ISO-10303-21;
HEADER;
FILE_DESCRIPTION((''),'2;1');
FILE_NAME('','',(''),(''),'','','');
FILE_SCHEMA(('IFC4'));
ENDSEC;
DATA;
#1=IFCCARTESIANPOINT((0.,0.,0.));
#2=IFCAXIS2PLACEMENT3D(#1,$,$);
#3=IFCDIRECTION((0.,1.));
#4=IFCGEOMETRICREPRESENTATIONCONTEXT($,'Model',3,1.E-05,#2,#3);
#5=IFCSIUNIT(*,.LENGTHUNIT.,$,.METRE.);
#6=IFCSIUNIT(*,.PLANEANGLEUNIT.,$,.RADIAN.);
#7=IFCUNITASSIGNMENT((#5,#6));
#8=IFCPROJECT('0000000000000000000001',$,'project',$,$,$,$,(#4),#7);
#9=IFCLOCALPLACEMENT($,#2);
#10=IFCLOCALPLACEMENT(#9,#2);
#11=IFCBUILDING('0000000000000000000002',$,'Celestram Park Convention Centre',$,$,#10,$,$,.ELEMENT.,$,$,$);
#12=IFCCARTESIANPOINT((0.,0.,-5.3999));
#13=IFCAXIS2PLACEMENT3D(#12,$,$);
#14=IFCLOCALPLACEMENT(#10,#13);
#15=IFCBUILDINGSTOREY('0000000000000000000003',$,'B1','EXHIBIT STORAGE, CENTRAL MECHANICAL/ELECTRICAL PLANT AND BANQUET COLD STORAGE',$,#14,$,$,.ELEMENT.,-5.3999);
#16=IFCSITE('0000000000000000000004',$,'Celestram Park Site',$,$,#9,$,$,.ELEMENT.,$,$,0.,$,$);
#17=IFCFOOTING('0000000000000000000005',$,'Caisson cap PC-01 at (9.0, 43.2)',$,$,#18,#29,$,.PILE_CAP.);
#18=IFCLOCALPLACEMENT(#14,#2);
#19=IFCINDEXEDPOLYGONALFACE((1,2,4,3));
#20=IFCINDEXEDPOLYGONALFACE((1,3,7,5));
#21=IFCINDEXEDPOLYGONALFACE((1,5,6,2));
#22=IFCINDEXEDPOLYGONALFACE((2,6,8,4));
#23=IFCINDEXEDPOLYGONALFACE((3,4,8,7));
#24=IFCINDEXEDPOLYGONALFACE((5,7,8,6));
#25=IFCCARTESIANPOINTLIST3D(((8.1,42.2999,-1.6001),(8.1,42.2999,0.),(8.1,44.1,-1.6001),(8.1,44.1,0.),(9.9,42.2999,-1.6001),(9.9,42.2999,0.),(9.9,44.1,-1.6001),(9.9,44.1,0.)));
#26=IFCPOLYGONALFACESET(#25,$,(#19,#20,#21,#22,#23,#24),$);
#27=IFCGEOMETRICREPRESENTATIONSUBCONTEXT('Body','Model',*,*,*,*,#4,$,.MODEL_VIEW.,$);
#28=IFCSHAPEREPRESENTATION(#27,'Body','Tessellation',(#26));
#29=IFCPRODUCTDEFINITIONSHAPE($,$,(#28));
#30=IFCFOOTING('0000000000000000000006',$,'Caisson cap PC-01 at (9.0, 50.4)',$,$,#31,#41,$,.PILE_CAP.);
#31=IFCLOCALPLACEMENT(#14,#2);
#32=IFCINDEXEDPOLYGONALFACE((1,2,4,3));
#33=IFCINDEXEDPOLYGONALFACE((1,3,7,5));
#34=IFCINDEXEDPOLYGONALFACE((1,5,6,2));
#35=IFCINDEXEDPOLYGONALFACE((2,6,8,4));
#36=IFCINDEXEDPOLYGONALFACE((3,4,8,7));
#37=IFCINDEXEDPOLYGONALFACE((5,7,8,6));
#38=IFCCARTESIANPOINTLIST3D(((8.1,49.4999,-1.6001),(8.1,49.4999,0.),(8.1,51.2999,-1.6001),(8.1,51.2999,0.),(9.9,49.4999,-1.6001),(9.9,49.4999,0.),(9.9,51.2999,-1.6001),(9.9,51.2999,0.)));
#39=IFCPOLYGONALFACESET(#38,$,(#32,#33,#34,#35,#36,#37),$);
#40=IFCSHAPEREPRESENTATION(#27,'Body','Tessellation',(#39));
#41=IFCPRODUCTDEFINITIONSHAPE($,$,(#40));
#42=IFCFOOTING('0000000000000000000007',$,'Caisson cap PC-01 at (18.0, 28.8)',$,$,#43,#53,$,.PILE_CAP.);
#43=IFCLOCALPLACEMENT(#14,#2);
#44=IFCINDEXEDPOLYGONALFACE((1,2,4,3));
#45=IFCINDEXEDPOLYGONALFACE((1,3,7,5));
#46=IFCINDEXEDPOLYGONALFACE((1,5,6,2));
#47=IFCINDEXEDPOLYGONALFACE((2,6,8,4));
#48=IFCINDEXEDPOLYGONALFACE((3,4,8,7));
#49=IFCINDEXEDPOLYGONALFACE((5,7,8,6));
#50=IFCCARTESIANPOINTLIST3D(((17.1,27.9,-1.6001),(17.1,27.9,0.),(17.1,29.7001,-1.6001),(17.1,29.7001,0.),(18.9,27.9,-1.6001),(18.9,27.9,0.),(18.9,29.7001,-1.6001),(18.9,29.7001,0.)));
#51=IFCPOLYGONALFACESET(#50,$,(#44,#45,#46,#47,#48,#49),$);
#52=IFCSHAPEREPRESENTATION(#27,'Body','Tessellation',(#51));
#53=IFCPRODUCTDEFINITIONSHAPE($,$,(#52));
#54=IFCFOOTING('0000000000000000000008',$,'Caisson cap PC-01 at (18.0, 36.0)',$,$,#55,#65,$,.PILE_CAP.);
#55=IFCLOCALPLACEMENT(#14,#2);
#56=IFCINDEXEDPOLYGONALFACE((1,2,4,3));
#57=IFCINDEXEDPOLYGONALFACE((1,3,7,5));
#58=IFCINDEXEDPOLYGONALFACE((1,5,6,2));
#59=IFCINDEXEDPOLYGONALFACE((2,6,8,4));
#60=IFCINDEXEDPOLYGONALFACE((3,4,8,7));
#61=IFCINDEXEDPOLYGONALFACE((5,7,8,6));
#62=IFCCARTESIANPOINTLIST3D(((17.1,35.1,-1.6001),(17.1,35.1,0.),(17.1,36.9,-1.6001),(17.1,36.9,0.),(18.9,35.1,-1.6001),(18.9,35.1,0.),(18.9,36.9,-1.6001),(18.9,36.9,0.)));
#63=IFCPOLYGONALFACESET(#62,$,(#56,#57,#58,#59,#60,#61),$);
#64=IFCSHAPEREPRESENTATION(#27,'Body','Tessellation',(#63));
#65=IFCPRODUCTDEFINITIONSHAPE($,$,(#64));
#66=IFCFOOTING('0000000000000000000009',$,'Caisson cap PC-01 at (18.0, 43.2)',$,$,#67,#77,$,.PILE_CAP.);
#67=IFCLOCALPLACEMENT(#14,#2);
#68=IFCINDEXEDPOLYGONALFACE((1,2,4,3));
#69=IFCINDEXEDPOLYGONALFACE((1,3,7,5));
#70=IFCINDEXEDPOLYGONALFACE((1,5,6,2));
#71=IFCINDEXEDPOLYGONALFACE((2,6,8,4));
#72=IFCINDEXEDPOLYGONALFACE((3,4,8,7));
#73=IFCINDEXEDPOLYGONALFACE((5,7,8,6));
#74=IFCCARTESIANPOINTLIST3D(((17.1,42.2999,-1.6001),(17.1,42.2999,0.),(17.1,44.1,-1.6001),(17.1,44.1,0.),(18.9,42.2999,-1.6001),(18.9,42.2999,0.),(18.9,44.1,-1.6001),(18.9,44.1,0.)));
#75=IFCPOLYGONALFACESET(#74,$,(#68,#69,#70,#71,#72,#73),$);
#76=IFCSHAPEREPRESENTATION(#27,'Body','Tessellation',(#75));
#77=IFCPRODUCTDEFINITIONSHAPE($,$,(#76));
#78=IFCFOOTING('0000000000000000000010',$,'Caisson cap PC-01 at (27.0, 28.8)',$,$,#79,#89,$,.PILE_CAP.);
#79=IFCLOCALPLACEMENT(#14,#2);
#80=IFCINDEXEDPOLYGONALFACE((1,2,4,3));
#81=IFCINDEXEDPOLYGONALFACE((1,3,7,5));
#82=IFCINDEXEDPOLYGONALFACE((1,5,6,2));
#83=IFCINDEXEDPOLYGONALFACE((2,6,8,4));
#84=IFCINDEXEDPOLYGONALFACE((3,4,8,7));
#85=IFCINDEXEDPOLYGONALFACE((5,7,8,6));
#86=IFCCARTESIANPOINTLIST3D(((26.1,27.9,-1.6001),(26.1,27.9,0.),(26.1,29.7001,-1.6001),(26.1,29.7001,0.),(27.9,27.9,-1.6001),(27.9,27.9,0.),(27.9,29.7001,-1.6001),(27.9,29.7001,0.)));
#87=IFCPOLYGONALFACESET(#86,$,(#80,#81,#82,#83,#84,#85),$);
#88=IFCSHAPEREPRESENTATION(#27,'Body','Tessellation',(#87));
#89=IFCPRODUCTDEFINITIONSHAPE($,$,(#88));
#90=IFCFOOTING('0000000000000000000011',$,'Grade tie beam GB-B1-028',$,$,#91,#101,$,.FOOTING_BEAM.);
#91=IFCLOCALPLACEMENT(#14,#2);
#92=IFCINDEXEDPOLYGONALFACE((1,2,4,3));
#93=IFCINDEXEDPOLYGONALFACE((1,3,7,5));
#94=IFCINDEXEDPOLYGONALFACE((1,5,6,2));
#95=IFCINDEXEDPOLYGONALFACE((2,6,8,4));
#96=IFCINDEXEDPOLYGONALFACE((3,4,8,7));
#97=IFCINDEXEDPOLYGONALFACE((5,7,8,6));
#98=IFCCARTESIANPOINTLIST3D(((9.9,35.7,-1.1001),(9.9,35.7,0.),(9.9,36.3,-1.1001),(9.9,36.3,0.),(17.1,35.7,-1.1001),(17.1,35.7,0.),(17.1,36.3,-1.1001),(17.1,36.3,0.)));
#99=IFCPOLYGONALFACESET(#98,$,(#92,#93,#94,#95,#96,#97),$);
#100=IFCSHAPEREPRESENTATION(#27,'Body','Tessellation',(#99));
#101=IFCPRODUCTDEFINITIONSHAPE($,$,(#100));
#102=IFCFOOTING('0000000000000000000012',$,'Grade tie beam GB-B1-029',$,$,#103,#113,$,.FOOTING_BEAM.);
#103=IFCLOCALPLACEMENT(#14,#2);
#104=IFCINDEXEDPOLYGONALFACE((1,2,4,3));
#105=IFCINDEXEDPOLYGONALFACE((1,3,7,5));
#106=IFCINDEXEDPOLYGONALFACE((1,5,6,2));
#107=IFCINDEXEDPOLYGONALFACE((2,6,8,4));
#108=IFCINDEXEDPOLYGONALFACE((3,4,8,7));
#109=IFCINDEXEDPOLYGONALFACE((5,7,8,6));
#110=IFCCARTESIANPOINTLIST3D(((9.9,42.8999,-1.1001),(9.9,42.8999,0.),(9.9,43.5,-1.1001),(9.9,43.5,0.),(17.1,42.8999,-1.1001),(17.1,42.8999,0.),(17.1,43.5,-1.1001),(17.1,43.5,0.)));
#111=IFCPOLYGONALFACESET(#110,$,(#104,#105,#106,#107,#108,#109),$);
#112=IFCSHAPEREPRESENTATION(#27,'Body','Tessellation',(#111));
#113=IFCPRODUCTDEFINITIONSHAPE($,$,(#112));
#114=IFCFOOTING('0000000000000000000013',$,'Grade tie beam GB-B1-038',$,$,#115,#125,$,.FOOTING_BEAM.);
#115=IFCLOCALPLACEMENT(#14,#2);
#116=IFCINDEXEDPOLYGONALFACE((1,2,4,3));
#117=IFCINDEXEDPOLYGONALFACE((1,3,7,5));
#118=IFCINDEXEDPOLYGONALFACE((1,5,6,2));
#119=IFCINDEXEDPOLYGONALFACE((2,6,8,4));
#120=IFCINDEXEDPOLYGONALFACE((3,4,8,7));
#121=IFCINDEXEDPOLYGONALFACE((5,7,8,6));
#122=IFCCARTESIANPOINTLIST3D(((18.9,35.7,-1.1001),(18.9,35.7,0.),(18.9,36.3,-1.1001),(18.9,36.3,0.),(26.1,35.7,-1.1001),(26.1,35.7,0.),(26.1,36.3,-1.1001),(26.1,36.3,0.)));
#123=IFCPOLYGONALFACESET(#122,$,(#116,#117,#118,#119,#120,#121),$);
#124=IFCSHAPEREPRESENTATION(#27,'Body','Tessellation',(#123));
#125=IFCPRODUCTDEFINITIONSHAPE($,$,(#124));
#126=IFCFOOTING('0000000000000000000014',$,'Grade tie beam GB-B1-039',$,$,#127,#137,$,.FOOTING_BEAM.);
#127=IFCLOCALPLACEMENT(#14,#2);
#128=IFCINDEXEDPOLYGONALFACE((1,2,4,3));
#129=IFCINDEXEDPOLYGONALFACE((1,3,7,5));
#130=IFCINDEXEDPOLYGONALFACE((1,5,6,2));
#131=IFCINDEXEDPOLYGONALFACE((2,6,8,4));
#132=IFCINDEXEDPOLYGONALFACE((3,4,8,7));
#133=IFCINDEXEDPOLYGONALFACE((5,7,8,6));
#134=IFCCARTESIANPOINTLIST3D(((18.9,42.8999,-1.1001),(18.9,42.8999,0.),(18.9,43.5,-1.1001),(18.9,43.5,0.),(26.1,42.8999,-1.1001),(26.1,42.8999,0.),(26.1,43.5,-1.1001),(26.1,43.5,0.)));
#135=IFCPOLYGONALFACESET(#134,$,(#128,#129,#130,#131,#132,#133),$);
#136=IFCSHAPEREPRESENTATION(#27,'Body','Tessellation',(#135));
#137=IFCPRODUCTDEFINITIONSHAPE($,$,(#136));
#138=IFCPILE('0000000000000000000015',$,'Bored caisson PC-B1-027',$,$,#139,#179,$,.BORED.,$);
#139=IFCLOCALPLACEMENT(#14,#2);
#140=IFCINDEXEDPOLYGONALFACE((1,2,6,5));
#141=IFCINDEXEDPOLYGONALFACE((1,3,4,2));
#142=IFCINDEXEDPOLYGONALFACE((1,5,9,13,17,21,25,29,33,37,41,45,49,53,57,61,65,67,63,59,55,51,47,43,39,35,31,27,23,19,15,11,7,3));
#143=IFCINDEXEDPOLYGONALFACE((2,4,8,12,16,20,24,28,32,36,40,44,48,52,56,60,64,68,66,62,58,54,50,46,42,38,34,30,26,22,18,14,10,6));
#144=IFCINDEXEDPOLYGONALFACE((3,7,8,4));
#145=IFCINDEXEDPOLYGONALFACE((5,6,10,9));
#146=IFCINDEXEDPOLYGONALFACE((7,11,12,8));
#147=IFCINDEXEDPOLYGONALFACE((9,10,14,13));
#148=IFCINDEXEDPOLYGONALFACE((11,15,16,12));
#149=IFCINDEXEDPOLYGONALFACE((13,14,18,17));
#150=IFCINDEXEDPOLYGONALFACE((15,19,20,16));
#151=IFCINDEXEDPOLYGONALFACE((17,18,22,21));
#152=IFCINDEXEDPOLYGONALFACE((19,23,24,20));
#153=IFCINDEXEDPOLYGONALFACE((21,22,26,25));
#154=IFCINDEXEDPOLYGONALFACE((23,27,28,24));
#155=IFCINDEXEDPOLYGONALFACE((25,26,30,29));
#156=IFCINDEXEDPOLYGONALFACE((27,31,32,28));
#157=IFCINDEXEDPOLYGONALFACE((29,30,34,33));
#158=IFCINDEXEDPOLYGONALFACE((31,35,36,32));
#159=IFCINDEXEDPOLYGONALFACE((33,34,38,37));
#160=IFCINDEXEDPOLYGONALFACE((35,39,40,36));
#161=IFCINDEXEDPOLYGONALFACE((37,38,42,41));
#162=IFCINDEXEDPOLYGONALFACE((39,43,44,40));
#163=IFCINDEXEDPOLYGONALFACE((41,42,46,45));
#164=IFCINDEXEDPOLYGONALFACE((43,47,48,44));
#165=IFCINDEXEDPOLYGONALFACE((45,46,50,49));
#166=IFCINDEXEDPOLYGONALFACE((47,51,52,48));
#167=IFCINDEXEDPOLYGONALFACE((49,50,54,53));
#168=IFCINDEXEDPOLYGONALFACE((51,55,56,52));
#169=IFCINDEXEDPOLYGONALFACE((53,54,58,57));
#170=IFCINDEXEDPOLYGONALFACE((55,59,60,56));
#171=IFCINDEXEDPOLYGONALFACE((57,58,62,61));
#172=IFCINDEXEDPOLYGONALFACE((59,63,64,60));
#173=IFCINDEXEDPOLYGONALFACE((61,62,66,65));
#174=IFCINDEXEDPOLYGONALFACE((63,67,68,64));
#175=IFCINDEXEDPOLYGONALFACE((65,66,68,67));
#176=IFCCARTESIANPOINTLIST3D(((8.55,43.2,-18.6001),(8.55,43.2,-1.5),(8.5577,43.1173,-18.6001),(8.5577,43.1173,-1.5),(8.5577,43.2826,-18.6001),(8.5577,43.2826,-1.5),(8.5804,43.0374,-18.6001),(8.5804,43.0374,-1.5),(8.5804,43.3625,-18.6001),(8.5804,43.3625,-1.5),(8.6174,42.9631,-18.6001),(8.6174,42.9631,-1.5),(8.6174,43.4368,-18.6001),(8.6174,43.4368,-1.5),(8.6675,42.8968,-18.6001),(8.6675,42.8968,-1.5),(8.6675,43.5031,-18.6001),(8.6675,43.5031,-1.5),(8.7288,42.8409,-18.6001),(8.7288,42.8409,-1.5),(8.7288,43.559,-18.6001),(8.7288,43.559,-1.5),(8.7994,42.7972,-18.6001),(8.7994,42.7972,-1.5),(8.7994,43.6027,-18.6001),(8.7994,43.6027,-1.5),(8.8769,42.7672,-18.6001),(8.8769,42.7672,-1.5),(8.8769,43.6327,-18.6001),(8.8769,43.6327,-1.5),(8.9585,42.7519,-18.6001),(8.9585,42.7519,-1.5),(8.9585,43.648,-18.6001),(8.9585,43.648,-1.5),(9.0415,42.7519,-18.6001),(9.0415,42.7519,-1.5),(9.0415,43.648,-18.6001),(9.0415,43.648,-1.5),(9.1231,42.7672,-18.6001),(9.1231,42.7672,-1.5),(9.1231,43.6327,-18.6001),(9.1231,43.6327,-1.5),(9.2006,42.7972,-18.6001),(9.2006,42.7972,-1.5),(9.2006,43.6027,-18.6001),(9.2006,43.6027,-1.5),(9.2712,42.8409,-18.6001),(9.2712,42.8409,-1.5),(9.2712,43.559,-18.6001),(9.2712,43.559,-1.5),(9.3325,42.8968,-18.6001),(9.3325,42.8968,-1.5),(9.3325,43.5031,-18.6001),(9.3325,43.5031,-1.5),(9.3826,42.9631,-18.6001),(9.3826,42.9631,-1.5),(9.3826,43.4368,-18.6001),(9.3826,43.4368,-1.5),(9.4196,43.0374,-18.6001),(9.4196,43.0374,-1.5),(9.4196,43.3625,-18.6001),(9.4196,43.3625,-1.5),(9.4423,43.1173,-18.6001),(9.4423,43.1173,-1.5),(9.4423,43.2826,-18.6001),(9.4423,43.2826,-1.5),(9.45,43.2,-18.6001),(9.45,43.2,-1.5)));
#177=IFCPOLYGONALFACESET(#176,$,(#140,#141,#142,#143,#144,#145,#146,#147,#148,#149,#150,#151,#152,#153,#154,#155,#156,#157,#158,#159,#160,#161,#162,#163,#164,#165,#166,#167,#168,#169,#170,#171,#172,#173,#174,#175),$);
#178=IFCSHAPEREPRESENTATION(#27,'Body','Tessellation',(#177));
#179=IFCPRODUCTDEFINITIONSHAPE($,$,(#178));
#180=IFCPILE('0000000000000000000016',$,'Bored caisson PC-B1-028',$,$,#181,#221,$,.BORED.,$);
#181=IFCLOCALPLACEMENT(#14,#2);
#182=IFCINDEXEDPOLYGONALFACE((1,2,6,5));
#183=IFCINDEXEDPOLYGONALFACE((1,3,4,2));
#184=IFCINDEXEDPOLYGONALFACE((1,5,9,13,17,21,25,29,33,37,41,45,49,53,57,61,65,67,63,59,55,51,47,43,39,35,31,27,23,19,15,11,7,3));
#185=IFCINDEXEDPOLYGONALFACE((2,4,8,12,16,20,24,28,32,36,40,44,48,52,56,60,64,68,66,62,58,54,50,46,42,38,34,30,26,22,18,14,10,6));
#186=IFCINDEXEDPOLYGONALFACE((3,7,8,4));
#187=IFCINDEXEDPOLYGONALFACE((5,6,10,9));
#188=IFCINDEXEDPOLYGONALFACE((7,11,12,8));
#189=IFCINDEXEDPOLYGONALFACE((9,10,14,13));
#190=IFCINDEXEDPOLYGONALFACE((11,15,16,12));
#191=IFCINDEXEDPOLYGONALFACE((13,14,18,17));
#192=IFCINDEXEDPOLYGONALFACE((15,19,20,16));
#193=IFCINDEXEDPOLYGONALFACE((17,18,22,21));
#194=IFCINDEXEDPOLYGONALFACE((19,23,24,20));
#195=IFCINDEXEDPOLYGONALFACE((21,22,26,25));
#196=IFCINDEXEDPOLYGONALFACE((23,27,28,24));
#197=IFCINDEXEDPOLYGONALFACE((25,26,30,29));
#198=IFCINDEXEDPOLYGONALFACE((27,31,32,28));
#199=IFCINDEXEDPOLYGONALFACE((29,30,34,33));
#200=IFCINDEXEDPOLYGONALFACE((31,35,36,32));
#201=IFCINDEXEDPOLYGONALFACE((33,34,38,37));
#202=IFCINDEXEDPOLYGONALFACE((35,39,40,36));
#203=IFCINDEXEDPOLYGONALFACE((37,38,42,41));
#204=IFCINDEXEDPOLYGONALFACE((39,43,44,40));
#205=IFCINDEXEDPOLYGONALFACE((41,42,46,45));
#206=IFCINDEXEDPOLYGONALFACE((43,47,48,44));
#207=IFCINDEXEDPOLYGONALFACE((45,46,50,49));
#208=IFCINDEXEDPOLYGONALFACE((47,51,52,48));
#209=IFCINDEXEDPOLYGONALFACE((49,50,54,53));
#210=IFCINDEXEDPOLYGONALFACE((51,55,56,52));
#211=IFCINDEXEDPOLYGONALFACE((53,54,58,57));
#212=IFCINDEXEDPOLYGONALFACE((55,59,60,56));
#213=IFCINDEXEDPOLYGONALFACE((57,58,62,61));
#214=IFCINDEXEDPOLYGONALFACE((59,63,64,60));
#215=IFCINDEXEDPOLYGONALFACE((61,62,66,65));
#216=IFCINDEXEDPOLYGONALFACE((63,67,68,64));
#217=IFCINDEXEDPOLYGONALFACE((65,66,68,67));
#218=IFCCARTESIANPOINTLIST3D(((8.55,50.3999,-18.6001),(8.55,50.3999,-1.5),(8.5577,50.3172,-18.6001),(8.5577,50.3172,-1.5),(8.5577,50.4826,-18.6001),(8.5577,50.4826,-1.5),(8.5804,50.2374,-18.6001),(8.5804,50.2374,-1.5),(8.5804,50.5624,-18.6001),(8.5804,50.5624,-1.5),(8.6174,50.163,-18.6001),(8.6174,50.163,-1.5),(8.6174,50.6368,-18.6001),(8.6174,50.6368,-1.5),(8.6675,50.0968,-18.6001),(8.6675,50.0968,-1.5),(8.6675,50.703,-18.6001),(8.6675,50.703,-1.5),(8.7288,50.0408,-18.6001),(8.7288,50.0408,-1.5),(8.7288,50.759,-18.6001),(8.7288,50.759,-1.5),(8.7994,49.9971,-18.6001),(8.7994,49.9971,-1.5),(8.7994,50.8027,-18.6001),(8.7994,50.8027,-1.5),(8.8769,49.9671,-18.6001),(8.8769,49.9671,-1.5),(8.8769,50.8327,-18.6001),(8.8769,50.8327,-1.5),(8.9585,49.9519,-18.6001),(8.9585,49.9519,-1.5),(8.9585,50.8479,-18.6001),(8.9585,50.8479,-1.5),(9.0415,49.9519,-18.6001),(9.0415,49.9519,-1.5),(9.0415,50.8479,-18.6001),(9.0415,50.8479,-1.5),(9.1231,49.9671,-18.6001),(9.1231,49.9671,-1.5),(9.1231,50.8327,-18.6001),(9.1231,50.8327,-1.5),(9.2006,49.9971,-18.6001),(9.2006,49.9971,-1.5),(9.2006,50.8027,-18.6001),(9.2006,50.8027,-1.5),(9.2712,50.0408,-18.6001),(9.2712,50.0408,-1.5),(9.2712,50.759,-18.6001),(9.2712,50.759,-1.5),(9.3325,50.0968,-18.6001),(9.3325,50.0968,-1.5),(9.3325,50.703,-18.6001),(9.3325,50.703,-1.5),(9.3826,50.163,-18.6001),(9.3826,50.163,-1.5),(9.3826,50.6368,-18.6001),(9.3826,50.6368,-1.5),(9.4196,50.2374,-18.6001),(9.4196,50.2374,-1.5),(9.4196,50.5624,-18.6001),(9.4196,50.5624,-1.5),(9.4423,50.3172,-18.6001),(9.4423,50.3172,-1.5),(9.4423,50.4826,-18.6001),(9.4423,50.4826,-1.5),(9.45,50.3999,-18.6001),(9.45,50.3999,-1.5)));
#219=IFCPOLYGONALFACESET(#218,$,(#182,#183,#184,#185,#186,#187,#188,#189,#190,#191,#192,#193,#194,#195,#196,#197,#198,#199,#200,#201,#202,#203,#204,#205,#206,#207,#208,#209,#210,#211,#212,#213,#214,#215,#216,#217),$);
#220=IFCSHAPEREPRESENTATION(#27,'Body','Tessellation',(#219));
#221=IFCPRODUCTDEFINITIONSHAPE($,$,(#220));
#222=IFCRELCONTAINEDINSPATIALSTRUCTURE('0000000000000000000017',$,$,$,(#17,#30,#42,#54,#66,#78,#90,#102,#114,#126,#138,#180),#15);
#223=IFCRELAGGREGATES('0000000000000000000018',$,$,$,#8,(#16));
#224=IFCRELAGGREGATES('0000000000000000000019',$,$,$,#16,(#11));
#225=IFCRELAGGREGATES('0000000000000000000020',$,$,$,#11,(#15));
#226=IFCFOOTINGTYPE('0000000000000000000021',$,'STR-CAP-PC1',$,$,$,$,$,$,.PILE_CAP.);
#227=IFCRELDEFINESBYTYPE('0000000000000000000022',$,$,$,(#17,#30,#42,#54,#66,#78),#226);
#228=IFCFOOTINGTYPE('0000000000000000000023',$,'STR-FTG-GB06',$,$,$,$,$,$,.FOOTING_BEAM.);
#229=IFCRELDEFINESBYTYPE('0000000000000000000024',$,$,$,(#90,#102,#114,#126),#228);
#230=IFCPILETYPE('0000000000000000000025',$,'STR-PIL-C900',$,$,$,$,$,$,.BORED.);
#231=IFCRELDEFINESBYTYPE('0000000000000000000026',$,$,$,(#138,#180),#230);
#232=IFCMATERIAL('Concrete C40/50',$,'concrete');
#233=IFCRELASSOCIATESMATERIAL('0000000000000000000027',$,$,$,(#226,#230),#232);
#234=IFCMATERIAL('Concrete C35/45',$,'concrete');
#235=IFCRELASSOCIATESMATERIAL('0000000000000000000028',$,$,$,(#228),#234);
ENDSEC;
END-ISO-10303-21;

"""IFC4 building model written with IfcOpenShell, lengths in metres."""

from ifc_helpers import new_model, si_unit, direction, frame, origin, origin_2d, place, context, subcontext, project, spatial, rectangle, circle, extrude, material, material_profile, profile_set, type_object, element, save


model = new_model("IFC4")

# Units and contexts
model_context = context("Model", 3, precision=1e-05, world=origin(), true_north=direction((0.0, 1.0)))
body_context = subcontext(model_context, "Body", "Model", "MODEL_VIEW")
ifc_project = project(units=[si_unit("LENGTHUNIT", "METRE"), si_unit("PLANEANGLEUNIT", "RADIAN")], contexts=[model_context])

# Site, building, storey
site_placement = place(None, origin())
site = spatial("IfcSite", under=ifc_project, at=site_placement, Name="Celestram Park Site", CompositionType="ELEMENT", RefElevation=0.0)
building_placement = place(site_placement, origin())
building = spatial("IfcBuilding", under=site, at=building_placement, Name="Celestram Park Convention Centre", CompositionType="ELEMENT")
storey_placement = place(building_placement, frame((0.0, 0.0, -5.3999)))
storey = spatial("IfcBuildingStorey", under=building, at=storey_placement, Name="B1", Description="EXHIBIT STORAGE, CENTRAL MECHANICAL/ELECTRICAL PLANT AND BANQUET COLD STORAGE", CompositionType="ELEMENT", Elevation=-5.3999)

# Footings
ifc_material_1 = material(Name="Concrete C40/50", Category="concrete")
footing_type_1 = type_object("IfcFootingType", Name="STR-CAP-PC1", PredefinedType="PILE_CAP", material=ifc_material_1)
for number, where, z_axis, x_axis, name in (
    (1, (9.0, 43.2, -1.6001), (0.0, 0.0, 1.0), (1.0, 0.0, 0.0), "Caisson cap PC-01 at (9.0, 43.2)"),
    (2, (9.0, 50.3999, -1.6001), (0.0, 0.0, 1.0), (1.0, 0.0, 0.0), "Caisson cap PC-01 at (9.0, 50.4)"),
    (3, (18.0, 28.8, -1.6001), (0.0, 0.0, 1.0), (1.0, 0.0, 0.0), "Caisson cap PC-01 at (18.0, 28.8)"),
    (4, (18.0, 36.0, -1.6001), (0.0, 0.0, 1.0), (1.0, 0.0, 0.0), "Caisson cap PC-01 at (18.0, 36.0)"),
    (5, (18.0, 43.2, -1.6001), (0.0, 0.0, 1.0), (1.0, 0.0, 0.0), "Caisson cap PC-01 at (18.0, 43.2)"),
    (6, (27.0, 28.8, -1.6001), (0.0, 0.0, 1.0), (1.0, 0.0, 0.0), "Caisson cap PC-01 at (27.0, 28.8)"),
):
    element("IfcFooting", number, at=place(storey_placement, frame(where, z_axis=z_axis, x_axis=x_axis)), inside=storey, type_object=footing_type_1, Name=name, PredefinedType="PILE_CAP", context=body_context, shape_type="SweptSolid", body=[
        extrude(rectangle(XDim=1.8, YDim=1.8, at=origin_2d()), origin(), (0.0, 0.0, 1.0), 1.6001),
    ])
ifc_material_2 = material(Name="Concrete C35/45", Category="concrete")
footing_type_2 = type_object("IfcFootingType", Name="STR-FTG-GB06", PredefinedType="FOOTING_BEAM", material=ifc_material_2)
for number, where, z_axis, x_axis, name in (
    (7, (13.5, 36.0, -1.1001), (0.0, 0.0, 1.0), (1.0, 0.0, 0.0), "Grade tie beam GB-B1-028"),
    (8, (13.5, 43.2, -1.1001), (0.0, 0.0, 1.0), (1.0, 0.0, 0.0), "Grade tie beam GB-B1-029"),
    (9, (22.5, 36.0, -1.1001), (0.0, 0.0, 1.0), (1.0, 0.0, 0.0), "Grade tie beam GB-B1-038"),
    (10, (22.5, 43.2, -1.1001), (0.0, 0.0, 1.0), (1.0, 0.0, 0.0), "Grade tie beam GB-B1-039"),
):
    element("IfcFooting", number, at=place(storey_placement, frame(where, z_axis=z_axis, x_axis=x_axis)), inside=storey, type_object=footing_type_2, Name=name, PredefinedType="FOOTING_BEAM", context=body_context, shape_type="SweptSolid", body=[
        extrude(rectangle(XDim=7.2, YDim=0.6001, at=origin_2d()), origin(), (0.0, 0.0, 1.0), 1.1001),
    ])

# Piles
ifc_material_profile_1 = material_profile(ifc_material_1, circle(Radius=0.45, at=origin_2d()), Name="CAISSON900")
ifc_profile_set_1 = profile_set([ifc_material_profile_1], Name="Concrete C40/50")
pile_type = type_object("IfcPileType", Name="STR-PIL-C900", PredefinedType="BORED", material=ifc_profile_set_1)
for number, where, z_axis, x_axis, name in (
    (11, (9.0, 43.2, -1.5), (0.0, 0.0, -1.0), (1.0, 0.0, 0.0), "Bored caisson PC-B1-027"),
    (12, (9.0, 50.3999, -1.5), (0.0, 0.0, -1.0), (1.0, 0.0, 0.0), "Bored caisson PC-B1-028"),
):
    element("IfcPile", number, at=place(storey_placement, frame(where, z_axis=z_axis, x_axis=x_axis)), inside=storey, type_object=pile_type, Name=name, PredefinedType="BORED", context=body_context, shape_type="SweptSolid", body=[
        extrude(circle(Radius=0.45, at=origin_2d()), origin(), (0.0, 0.0, 1.0), 17.1001),
    ])

save(model, "model.ifc")
